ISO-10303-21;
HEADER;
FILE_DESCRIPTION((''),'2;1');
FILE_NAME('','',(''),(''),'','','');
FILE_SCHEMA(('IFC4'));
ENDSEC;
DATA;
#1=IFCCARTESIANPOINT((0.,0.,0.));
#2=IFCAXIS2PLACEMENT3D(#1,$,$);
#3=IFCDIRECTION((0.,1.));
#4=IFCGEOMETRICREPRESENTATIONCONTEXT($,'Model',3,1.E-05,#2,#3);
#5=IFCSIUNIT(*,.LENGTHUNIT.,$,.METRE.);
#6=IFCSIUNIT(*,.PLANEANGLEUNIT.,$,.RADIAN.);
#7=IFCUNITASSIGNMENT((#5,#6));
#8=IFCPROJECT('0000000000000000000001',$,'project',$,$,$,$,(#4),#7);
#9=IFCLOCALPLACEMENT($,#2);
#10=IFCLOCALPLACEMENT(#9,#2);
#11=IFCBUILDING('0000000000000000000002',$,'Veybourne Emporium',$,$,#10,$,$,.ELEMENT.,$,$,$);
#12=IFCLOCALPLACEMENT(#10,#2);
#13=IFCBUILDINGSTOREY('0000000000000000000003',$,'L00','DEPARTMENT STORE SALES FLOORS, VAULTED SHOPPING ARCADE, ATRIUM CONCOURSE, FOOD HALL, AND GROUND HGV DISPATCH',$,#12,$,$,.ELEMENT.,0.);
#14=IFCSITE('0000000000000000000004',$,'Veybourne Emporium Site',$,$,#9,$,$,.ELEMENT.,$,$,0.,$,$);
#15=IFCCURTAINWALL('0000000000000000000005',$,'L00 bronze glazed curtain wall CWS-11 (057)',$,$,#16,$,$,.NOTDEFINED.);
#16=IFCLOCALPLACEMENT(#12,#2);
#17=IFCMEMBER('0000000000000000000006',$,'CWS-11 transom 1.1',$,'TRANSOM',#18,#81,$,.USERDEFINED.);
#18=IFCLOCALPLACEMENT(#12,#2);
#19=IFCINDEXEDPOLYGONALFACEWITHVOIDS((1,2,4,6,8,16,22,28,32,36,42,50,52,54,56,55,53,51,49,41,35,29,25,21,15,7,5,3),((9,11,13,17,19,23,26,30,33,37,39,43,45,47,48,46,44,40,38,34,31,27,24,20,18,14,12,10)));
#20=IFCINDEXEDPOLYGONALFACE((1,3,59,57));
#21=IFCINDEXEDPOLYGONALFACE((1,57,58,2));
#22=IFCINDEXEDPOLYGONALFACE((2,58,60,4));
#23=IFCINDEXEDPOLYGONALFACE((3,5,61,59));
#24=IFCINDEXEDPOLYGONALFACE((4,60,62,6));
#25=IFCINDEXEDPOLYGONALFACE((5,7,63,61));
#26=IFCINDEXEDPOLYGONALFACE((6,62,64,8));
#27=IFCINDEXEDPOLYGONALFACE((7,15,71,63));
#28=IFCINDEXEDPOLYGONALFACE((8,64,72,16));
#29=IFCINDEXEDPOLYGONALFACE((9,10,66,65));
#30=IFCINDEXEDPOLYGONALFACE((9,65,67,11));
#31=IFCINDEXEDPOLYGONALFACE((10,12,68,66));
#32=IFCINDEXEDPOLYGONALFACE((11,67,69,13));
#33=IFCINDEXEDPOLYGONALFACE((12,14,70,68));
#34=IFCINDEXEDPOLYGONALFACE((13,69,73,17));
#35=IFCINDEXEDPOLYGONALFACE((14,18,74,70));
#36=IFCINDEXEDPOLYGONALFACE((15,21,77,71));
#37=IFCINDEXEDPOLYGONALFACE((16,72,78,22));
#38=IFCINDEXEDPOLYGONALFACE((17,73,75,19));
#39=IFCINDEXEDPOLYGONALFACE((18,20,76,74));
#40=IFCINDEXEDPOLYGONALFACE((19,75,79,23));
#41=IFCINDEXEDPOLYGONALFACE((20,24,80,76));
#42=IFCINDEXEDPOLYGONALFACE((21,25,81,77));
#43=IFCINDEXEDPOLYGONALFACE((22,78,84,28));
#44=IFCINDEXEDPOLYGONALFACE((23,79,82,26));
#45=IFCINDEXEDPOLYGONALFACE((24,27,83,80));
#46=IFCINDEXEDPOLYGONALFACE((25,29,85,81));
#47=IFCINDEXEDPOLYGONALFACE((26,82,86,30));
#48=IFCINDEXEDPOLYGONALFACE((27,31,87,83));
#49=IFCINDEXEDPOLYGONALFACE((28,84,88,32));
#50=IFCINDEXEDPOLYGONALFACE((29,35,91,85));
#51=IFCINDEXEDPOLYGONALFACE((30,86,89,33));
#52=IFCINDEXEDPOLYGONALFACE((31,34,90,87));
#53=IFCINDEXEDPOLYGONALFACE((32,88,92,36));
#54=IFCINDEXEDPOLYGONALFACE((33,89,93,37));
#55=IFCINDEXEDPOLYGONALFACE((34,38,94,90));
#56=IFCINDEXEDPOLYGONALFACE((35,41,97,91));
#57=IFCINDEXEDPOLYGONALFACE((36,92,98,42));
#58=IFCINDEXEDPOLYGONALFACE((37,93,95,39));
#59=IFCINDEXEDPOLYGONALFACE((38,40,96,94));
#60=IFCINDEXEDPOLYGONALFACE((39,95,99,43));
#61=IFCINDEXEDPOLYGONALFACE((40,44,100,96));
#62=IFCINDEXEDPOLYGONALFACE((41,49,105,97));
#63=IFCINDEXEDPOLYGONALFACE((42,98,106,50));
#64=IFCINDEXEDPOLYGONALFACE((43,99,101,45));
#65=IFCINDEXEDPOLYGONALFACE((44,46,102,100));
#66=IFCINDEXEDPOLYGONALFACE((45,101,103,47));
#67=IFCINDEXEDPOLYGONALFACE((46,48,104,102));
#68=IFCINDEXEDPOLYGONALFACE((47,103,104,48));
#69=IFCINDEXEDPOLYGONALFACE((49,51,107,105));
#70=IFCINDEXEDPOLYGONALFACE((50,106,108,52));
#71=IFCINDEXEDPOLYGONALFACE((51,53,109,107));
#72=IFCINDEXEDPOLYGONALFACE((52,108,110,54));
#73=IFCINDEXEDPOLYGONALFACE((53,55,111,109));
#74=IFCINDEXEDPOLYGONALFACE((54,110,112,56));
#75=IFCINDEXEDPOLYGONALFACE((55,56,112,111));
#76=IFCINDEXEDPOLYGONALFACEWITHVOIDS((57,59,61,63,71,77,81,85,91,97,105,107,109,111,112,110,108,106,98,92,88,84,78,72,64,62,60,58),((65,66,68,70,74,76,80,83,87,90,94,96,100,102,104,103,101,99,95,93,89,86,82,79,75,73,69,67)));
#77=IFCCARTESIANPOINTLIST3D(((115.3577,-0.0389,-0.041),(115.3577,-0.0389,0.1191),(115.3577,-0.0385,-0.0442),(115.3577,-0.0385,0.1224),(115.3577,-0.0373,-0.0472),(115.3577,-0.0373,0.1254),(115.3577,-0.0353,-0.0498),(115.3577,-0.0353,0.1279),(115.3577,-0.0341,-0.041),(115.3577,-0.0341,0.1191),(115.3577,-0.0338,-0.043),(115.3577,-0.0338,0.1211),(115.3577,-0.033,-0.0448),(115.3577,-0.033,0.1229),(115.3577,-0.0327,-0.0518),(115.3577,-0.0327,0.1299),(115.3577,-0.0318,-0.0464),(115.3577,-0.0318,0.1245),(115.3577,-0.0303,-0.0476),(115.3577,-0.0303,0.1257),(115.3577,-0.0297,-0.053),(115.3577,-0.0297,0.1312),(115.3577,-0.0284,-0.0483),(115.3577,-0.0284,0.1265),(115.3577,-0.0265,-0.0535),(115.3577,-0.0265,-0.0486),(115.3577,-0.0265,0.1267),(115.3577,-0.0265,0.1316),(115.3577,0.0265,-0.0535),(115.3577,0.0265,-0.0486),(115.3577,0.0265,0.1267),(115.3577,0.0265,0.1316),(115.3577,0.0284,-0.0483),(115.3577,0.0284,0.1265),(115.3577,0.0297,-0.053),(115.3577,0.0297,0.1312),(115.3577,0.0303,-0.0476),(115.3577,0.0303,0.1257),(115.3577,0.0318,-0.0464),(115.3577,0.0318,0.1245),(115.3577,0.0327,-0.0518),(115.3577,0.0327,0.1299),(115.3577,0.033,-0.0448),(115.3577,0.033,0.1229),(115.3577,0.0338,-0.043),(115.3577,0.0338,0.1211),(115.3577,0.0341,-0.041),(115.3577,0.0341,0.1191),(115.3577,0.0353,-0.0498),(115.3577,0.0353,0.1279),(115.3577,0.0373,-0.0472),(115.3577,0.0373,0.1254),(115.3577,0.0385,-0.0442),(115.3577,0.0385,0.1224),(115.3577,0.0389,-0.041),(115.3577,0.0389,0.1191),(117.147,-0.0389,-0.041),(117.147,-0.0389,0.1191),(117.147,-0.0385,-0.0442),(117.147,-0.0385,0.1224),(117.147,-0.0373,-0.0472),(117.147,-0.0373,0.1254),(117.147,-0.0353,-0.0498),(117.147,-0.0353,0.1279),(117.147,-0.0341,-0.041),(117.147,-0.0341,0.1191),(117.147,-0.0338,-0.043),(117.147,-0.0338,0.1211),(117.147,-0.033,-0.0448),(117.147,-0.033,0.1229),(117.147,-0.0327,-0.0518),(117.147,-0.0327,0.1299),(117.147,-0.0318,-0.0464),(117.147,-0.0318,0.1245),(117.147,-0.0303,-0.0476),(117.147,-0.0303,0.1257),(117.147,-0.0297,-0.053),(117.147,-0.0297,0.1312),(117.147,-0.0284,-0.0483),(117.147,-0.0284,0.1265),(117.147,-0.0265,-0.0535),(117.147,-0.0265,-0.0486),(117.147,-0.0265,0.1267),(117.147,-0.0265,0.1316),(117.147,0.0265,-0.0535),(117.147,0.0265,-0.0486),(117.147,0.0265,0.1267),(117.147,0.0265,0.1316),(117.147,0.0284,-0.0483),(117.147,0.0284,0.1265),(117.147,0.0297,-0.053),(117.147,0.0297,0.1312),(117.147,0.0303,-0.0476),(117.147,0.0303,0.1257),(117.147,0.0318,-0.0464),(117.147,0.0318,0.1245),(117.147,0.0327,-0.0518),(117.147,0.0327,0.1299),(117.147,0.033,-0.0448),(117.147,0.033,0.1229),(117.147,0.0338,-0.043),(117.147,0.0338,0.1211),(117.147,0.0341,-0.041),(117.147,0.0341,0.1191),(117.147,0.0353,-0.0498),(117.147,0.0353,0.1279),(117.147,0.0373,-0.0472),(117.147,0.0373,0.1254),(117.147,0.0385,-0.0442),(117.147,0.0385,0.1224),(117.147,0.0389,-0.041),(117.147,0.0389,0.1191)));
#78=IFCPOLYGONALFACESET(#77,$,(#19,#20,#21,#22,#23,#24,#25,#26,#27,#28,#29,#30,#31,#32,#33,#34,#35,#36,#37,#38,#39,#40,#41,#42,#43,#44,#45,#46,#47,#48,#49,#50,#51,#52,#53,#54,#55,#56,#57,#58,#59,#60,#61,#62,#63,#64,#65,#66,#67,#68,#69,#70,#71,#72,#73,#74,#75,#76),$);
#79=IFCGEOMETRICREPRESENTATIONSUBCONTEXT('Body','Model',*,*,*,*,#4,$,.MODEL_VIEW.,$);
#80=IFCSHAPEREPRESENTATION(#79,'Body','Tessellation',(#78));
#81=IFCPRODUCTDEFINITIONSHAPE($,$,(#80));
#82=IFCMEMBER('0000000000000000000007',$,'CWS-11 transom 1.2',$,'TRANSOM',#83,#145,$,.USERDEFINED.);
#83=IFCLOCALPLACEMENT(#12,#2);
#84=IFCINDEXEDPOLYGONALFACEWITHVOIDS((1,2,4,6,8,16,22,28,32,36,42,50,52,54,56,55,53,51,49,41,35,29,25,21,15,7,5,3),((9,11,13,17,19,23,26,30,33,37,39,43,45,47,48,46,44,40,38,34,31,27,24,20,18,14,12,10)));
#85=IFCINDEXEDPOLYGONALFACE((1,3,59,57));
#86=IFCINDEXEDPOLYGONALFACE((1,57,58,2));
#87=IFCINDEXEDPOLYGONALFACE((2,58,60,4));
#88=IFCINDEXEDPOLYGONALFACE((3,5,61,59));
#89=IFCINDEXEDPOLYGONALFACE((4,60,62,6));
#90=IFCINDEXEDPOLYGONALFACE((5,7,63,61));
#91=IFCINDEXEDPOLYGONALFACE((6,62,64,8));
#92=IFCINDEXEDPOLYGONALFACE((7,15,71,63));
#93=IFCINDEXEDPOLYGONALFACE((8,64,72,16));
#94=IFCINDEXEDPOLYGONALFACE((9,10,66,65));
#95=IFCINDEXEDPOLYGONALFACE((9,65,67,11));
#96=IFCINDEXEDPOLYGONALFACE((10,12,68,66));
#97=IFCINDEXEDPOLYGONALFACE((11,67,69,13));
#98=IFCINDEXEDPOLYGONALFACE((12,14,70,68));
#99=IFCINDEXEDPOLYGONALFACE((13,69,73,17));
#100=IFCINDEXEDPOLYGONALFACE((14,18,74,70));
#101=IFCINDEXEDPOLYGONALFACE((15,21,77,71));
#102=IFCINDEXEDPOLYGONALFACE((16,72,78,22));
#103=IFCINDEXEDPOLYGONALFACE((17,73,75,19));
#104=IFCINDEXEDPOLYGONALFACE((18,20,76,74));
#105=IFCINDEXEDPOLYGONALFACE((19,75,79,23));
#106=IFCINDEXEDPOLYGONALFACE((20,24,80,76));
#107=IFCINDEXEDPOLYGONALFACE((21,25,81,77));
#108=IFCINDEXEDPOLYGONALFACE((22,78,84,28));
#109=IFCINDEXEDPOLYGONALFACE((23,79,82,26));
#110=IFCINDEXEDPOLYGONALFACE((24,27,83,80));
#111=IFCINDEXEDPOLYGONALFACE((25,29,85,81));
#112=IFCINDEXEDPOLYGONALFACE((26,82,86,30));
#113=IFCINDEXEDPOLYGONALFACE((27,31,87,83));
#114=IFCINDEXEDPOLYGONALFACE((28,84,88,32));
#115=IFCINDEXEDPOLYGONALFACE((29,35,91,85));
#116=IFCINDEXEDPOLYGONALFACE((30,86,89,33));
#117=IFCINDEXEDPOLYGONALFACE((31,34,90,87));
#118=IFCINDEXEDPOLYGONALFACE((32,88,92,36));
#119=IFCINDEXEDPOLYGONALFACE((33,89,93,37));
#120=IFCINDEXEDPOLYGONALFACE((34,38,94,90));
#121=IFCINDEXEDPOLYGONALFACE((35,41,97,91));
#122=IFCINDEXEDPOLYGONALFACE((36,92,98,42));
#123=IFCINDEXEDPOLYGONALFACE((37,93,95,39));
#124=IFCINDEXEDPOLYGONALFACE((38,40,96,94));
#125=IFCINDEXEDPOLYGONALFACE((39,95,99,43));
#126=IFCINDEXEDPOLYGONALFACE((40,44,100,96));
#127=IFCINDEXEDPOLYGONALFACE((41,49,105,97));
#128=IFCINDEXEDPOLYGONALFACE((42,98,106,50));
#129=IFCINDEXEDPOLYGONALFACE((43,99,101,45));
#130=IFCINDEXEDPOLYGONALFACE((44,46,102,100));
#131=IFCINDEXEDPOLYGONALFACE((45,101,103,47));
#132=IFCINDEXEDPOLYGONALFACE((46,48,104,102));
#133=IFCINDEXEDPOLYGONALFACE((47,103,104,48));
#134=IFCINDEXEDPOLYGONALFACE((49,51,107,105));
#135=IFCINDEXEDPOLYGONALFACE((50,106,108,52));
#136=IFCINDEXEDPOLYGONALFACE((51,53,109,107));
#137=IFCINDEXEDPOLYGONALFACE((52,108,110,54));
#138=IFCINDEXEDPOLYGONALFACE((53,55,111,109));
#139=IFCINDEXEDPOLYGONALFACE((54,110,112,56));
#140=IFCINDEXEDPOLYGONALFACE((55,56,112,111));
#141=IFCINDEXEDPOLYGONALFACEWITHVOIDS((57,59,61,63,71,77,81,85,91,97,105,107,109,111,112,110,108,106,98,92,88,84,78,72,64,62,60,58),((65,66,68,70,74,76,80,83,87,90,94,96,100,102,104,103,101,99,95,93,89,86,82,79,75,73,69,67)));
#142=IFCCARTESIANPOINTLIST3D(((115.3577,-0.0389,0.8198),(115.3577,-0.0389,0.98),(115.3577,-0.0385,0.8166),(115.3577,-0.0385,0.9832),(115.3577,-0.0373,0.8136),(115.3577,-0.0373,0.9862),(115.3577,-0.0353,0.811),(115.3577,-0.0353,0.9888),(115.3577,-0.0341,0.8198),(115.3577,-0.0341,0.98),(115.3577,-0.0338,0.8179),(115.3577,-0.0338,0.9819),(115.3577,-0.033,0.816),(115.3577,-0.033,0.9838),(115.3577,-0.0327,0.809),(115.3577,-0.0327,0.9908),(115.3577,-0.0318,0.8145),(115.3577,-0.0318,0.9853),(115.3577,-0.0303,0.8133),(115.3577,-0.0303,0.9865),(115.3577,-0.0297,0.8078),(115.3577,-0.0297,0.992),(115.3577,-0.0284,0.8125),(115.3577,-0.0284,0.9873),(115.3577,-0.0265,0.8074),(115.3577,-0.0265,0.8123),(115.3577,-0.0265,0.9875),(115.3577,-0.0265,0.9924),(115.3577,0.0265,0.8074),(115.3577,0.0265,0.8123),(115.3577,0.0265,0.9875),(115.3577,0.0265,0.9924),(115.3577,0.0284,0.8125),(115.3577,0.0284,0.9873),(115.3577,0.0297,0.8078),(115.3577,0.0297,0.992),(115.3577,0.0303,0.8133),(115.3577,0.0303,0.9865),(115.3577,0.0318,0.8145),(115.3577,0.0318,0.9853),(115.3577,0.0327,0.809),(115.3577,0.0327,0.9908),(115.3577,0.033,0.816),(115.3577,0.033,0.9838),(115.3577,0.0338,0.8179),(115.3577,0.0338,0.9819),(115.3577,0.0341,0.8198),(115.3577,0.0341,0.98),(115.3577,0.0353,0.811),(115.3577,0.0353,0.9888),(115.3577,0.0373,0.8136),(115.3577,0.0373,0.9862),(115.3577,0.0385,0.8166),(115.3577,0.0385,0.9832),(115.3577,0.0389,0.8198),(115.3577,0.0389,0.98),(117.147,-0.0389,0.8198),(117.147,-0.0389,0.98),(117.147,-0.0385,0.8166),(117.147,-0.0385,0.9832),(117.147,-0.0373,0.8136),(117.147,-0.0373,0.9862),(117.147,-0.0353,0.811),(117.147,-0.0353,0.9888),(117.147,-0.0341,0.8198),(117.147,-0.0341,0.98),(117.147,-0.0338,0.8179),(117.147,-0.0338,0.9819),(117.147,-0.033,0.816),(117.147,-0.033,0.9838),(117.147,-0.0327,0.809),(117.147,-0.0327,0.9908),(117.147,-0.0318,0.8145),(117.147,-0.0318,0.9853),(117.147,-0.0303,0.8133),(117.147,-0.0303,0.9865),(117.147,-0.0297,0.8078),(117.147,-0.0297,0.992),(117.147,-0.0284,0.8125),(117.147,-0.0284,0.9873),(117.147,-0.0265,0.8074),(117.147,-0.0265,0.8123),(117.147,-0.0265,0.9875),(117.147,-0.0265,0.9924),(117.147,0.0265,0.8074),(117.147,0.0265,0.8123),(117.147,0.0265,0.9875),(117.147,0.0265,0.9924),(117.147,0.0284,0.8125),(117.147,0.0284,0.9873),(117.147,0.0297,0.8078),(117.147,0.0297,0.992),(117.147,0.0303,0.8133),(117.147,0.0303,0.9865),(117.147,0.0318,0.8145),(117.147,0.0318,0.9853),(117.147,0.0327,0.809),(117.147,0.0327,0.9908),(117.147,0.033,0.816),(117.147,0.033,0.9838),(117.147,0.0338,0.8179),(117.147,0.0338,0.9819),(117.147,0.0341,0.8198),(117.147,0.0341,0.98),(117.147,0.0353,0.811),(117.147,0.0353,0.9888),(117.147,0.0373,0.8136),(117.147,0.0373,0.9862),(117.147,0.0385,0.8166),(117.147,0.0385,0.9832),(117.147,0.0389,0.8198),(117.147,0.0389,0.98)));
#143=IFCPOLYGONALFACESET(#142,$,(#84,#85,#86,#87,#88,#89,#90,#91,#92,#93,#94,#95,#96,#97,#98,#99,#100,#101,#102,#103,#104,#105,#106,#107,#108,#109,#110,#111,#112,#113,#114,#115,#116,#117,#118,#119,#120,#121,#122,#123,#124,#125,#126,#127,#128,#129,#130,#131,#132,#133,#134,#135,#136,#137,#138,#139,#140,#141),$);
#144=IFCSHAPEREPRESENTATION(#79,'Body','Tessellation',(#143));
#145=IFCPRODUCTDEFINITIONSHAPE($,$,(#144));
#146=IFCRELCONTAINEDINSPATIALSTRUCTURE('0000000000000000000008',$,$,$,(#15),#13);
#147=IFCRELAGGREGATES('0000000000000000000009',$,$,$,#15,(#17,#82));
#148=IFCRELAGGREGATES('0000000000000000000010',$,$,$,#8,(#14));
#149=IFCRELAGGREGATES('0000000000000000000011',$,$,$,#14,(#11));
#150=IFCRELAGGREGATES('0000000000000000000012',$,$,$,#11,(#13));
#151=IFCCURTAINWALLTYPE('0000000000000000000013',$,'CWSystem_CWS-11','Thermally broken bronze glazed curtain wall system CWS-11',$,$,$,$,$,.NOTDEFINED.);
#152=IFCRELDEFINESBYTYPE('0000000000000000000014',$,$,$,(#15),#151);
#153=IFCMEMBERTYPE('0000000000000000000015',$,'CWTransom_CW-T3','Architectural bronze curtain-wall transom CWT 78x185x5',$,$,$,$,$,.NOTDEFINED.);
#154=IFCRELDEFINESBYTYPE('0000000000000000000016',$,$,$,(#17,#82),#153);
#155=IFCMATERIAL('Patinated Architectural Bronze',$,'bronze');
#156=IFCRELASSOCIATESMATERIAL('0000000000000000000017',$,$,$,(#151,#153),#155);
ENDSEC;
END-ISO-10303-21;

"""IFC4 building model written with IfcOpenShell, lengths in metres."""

from ifc_helpers import new_model, si_unit, direction, frame, origin, origin_2d, place, context, subcontext, project, spatial, hollow_rectangle, extrude, material, material_profile, profile_set, type_object, element, aggregate, save


model = new_model("IFC4")

# Units and contexts
model_context = context("Model", 3, precision=1e-05, world=origin(), true_north=direction((0.0, 1.0)))
body_context = subcontext(model_context, "Body", "Model", "MODEL_VIEW")
ifc_project = project(units=[si_unit("LENGTHUNIT", "METRE"), si_unit("PLANEANGLEUNIT", "RADIAN")], contexts=[model_context])

# Site, building, storey
site_placement = place(None, origin())
site = spatial("IfcSite", under=ifc_project, at=site_placement, Name="Veybourne Emporium Site", CompositionType="ELEMENT", RefElevation=0.0)
building_placement = place(site_placement, origin())
building = spatial("IfcBuilding", under=site, at=building_placement, Name="Veybourne Emporium", CompositionType="ELEMENT")
storey_placement = place(building_placement, origin())
storey = spatial("IfcBuildingStorey", under=building, at=storey_placement, Name="L00", Description="DEPARTMENT STORE SALES FLOORS, VAULTED SHOPPING ARCADE, ATRIUM CONCOURSE, FOOD HALL, AND GROUND HGV DISPATCH", CompositionType="ELEMENT", Elevation=0.0)

# Curtain wall, members
ifc_material_1 = material(Name="Patinated Architectural Bronze", Category="bronze")
curtain_wall_type = type_object("IfcCurtainWallType", Name="CWSystem_CWS-11", Description="Thermally broken bronze glazed curtain wall system CWS-11", PredefinedType="NOTDEFINED", material=ifc_material_1)
curtain_wall_placement = place(storey_placement, origin())
curtain_wall = element("IfcCurtainWall", 1, at=curtain_wall_placement, inside=storey, type_object=curtain_wall_type, Name="L00 bronze glazed curtain wall CWS-11 (057)", PredefinedType="NOTDEFINED")
ifc_material_profile_1 = material_profile(ifc_material_1, hollow_rectangle(XDim=0.0779, YDim=0.1851, WallThickness=0.0049, InnerFilletRadius=0.0076, OuterFilletRadius=0.0125, at=origin_2d()), Name="CWT 78x185x5")
ifc_profile_set_1 = profile_set([ifc_material_profile_1], Name="Patinated Architectural Bronze")
member_type_1 = type_object("IfcMemberType", Name="CWTransom_CW-T3", Description="Architectural bronze curtain-wall transom CWT 78x185x5", PredefinedType="NOTDEFINED", material=ifc_profile_set_1)
member_1_placement = place(storey_placement, frame((117.147, 0.0, 0.0391), z_axis=(-1.0, 0.0, 0.0), x_axis=(0.0, -1.0, 0.0)))
member_1 = element("IfcMember", 2, at=member_1_placement, type_object=member_type_1, Name="CWS-11 transom 1.1", ObjectType="TRANSOM", PredefinedType="USERDEFINED", context=body_context, shape_type="SweptSolid", body=[
    extrude(hollow_rectangle(XDim=0.0779, YDim=0.1851, WallThickness=0.0049, InnerFilletRadius=0.0076, OuterFilletRadius=0.0125, at=origin_2d()), origin(), (0.0, 0.0, 1.0), 1.7893),
])
member_2_placement = place(storey_placement, frame((117.147, 0.0, 0.8999), z_axis=(-1.0, 0.0, 0.0), x_axis=(0.0, -1.0, 0.0)))
member_2 = element("IfcMember", 3, at=member_2_placement, type_object=member_type_1, Name="CWS-11 transom 1.2", ObjectType="TRANSOM", PredefinedType="USERDEFINED", context=body_context, shape_type="SweptSolid", body=[
    extrude(hollow_rectangle(XDim=0.0779, YDim=0.1851, WallThickness=0.0049, InnerFilletRadius=0.0076, OuterFilletRadius=0.0125, at=origin_2d()), origin(), (0.0, 0.0, 1.0), 1.7893),
])

aggregate(curtain_wall, [member_1, member_2])

save(model, "model.ifc")
